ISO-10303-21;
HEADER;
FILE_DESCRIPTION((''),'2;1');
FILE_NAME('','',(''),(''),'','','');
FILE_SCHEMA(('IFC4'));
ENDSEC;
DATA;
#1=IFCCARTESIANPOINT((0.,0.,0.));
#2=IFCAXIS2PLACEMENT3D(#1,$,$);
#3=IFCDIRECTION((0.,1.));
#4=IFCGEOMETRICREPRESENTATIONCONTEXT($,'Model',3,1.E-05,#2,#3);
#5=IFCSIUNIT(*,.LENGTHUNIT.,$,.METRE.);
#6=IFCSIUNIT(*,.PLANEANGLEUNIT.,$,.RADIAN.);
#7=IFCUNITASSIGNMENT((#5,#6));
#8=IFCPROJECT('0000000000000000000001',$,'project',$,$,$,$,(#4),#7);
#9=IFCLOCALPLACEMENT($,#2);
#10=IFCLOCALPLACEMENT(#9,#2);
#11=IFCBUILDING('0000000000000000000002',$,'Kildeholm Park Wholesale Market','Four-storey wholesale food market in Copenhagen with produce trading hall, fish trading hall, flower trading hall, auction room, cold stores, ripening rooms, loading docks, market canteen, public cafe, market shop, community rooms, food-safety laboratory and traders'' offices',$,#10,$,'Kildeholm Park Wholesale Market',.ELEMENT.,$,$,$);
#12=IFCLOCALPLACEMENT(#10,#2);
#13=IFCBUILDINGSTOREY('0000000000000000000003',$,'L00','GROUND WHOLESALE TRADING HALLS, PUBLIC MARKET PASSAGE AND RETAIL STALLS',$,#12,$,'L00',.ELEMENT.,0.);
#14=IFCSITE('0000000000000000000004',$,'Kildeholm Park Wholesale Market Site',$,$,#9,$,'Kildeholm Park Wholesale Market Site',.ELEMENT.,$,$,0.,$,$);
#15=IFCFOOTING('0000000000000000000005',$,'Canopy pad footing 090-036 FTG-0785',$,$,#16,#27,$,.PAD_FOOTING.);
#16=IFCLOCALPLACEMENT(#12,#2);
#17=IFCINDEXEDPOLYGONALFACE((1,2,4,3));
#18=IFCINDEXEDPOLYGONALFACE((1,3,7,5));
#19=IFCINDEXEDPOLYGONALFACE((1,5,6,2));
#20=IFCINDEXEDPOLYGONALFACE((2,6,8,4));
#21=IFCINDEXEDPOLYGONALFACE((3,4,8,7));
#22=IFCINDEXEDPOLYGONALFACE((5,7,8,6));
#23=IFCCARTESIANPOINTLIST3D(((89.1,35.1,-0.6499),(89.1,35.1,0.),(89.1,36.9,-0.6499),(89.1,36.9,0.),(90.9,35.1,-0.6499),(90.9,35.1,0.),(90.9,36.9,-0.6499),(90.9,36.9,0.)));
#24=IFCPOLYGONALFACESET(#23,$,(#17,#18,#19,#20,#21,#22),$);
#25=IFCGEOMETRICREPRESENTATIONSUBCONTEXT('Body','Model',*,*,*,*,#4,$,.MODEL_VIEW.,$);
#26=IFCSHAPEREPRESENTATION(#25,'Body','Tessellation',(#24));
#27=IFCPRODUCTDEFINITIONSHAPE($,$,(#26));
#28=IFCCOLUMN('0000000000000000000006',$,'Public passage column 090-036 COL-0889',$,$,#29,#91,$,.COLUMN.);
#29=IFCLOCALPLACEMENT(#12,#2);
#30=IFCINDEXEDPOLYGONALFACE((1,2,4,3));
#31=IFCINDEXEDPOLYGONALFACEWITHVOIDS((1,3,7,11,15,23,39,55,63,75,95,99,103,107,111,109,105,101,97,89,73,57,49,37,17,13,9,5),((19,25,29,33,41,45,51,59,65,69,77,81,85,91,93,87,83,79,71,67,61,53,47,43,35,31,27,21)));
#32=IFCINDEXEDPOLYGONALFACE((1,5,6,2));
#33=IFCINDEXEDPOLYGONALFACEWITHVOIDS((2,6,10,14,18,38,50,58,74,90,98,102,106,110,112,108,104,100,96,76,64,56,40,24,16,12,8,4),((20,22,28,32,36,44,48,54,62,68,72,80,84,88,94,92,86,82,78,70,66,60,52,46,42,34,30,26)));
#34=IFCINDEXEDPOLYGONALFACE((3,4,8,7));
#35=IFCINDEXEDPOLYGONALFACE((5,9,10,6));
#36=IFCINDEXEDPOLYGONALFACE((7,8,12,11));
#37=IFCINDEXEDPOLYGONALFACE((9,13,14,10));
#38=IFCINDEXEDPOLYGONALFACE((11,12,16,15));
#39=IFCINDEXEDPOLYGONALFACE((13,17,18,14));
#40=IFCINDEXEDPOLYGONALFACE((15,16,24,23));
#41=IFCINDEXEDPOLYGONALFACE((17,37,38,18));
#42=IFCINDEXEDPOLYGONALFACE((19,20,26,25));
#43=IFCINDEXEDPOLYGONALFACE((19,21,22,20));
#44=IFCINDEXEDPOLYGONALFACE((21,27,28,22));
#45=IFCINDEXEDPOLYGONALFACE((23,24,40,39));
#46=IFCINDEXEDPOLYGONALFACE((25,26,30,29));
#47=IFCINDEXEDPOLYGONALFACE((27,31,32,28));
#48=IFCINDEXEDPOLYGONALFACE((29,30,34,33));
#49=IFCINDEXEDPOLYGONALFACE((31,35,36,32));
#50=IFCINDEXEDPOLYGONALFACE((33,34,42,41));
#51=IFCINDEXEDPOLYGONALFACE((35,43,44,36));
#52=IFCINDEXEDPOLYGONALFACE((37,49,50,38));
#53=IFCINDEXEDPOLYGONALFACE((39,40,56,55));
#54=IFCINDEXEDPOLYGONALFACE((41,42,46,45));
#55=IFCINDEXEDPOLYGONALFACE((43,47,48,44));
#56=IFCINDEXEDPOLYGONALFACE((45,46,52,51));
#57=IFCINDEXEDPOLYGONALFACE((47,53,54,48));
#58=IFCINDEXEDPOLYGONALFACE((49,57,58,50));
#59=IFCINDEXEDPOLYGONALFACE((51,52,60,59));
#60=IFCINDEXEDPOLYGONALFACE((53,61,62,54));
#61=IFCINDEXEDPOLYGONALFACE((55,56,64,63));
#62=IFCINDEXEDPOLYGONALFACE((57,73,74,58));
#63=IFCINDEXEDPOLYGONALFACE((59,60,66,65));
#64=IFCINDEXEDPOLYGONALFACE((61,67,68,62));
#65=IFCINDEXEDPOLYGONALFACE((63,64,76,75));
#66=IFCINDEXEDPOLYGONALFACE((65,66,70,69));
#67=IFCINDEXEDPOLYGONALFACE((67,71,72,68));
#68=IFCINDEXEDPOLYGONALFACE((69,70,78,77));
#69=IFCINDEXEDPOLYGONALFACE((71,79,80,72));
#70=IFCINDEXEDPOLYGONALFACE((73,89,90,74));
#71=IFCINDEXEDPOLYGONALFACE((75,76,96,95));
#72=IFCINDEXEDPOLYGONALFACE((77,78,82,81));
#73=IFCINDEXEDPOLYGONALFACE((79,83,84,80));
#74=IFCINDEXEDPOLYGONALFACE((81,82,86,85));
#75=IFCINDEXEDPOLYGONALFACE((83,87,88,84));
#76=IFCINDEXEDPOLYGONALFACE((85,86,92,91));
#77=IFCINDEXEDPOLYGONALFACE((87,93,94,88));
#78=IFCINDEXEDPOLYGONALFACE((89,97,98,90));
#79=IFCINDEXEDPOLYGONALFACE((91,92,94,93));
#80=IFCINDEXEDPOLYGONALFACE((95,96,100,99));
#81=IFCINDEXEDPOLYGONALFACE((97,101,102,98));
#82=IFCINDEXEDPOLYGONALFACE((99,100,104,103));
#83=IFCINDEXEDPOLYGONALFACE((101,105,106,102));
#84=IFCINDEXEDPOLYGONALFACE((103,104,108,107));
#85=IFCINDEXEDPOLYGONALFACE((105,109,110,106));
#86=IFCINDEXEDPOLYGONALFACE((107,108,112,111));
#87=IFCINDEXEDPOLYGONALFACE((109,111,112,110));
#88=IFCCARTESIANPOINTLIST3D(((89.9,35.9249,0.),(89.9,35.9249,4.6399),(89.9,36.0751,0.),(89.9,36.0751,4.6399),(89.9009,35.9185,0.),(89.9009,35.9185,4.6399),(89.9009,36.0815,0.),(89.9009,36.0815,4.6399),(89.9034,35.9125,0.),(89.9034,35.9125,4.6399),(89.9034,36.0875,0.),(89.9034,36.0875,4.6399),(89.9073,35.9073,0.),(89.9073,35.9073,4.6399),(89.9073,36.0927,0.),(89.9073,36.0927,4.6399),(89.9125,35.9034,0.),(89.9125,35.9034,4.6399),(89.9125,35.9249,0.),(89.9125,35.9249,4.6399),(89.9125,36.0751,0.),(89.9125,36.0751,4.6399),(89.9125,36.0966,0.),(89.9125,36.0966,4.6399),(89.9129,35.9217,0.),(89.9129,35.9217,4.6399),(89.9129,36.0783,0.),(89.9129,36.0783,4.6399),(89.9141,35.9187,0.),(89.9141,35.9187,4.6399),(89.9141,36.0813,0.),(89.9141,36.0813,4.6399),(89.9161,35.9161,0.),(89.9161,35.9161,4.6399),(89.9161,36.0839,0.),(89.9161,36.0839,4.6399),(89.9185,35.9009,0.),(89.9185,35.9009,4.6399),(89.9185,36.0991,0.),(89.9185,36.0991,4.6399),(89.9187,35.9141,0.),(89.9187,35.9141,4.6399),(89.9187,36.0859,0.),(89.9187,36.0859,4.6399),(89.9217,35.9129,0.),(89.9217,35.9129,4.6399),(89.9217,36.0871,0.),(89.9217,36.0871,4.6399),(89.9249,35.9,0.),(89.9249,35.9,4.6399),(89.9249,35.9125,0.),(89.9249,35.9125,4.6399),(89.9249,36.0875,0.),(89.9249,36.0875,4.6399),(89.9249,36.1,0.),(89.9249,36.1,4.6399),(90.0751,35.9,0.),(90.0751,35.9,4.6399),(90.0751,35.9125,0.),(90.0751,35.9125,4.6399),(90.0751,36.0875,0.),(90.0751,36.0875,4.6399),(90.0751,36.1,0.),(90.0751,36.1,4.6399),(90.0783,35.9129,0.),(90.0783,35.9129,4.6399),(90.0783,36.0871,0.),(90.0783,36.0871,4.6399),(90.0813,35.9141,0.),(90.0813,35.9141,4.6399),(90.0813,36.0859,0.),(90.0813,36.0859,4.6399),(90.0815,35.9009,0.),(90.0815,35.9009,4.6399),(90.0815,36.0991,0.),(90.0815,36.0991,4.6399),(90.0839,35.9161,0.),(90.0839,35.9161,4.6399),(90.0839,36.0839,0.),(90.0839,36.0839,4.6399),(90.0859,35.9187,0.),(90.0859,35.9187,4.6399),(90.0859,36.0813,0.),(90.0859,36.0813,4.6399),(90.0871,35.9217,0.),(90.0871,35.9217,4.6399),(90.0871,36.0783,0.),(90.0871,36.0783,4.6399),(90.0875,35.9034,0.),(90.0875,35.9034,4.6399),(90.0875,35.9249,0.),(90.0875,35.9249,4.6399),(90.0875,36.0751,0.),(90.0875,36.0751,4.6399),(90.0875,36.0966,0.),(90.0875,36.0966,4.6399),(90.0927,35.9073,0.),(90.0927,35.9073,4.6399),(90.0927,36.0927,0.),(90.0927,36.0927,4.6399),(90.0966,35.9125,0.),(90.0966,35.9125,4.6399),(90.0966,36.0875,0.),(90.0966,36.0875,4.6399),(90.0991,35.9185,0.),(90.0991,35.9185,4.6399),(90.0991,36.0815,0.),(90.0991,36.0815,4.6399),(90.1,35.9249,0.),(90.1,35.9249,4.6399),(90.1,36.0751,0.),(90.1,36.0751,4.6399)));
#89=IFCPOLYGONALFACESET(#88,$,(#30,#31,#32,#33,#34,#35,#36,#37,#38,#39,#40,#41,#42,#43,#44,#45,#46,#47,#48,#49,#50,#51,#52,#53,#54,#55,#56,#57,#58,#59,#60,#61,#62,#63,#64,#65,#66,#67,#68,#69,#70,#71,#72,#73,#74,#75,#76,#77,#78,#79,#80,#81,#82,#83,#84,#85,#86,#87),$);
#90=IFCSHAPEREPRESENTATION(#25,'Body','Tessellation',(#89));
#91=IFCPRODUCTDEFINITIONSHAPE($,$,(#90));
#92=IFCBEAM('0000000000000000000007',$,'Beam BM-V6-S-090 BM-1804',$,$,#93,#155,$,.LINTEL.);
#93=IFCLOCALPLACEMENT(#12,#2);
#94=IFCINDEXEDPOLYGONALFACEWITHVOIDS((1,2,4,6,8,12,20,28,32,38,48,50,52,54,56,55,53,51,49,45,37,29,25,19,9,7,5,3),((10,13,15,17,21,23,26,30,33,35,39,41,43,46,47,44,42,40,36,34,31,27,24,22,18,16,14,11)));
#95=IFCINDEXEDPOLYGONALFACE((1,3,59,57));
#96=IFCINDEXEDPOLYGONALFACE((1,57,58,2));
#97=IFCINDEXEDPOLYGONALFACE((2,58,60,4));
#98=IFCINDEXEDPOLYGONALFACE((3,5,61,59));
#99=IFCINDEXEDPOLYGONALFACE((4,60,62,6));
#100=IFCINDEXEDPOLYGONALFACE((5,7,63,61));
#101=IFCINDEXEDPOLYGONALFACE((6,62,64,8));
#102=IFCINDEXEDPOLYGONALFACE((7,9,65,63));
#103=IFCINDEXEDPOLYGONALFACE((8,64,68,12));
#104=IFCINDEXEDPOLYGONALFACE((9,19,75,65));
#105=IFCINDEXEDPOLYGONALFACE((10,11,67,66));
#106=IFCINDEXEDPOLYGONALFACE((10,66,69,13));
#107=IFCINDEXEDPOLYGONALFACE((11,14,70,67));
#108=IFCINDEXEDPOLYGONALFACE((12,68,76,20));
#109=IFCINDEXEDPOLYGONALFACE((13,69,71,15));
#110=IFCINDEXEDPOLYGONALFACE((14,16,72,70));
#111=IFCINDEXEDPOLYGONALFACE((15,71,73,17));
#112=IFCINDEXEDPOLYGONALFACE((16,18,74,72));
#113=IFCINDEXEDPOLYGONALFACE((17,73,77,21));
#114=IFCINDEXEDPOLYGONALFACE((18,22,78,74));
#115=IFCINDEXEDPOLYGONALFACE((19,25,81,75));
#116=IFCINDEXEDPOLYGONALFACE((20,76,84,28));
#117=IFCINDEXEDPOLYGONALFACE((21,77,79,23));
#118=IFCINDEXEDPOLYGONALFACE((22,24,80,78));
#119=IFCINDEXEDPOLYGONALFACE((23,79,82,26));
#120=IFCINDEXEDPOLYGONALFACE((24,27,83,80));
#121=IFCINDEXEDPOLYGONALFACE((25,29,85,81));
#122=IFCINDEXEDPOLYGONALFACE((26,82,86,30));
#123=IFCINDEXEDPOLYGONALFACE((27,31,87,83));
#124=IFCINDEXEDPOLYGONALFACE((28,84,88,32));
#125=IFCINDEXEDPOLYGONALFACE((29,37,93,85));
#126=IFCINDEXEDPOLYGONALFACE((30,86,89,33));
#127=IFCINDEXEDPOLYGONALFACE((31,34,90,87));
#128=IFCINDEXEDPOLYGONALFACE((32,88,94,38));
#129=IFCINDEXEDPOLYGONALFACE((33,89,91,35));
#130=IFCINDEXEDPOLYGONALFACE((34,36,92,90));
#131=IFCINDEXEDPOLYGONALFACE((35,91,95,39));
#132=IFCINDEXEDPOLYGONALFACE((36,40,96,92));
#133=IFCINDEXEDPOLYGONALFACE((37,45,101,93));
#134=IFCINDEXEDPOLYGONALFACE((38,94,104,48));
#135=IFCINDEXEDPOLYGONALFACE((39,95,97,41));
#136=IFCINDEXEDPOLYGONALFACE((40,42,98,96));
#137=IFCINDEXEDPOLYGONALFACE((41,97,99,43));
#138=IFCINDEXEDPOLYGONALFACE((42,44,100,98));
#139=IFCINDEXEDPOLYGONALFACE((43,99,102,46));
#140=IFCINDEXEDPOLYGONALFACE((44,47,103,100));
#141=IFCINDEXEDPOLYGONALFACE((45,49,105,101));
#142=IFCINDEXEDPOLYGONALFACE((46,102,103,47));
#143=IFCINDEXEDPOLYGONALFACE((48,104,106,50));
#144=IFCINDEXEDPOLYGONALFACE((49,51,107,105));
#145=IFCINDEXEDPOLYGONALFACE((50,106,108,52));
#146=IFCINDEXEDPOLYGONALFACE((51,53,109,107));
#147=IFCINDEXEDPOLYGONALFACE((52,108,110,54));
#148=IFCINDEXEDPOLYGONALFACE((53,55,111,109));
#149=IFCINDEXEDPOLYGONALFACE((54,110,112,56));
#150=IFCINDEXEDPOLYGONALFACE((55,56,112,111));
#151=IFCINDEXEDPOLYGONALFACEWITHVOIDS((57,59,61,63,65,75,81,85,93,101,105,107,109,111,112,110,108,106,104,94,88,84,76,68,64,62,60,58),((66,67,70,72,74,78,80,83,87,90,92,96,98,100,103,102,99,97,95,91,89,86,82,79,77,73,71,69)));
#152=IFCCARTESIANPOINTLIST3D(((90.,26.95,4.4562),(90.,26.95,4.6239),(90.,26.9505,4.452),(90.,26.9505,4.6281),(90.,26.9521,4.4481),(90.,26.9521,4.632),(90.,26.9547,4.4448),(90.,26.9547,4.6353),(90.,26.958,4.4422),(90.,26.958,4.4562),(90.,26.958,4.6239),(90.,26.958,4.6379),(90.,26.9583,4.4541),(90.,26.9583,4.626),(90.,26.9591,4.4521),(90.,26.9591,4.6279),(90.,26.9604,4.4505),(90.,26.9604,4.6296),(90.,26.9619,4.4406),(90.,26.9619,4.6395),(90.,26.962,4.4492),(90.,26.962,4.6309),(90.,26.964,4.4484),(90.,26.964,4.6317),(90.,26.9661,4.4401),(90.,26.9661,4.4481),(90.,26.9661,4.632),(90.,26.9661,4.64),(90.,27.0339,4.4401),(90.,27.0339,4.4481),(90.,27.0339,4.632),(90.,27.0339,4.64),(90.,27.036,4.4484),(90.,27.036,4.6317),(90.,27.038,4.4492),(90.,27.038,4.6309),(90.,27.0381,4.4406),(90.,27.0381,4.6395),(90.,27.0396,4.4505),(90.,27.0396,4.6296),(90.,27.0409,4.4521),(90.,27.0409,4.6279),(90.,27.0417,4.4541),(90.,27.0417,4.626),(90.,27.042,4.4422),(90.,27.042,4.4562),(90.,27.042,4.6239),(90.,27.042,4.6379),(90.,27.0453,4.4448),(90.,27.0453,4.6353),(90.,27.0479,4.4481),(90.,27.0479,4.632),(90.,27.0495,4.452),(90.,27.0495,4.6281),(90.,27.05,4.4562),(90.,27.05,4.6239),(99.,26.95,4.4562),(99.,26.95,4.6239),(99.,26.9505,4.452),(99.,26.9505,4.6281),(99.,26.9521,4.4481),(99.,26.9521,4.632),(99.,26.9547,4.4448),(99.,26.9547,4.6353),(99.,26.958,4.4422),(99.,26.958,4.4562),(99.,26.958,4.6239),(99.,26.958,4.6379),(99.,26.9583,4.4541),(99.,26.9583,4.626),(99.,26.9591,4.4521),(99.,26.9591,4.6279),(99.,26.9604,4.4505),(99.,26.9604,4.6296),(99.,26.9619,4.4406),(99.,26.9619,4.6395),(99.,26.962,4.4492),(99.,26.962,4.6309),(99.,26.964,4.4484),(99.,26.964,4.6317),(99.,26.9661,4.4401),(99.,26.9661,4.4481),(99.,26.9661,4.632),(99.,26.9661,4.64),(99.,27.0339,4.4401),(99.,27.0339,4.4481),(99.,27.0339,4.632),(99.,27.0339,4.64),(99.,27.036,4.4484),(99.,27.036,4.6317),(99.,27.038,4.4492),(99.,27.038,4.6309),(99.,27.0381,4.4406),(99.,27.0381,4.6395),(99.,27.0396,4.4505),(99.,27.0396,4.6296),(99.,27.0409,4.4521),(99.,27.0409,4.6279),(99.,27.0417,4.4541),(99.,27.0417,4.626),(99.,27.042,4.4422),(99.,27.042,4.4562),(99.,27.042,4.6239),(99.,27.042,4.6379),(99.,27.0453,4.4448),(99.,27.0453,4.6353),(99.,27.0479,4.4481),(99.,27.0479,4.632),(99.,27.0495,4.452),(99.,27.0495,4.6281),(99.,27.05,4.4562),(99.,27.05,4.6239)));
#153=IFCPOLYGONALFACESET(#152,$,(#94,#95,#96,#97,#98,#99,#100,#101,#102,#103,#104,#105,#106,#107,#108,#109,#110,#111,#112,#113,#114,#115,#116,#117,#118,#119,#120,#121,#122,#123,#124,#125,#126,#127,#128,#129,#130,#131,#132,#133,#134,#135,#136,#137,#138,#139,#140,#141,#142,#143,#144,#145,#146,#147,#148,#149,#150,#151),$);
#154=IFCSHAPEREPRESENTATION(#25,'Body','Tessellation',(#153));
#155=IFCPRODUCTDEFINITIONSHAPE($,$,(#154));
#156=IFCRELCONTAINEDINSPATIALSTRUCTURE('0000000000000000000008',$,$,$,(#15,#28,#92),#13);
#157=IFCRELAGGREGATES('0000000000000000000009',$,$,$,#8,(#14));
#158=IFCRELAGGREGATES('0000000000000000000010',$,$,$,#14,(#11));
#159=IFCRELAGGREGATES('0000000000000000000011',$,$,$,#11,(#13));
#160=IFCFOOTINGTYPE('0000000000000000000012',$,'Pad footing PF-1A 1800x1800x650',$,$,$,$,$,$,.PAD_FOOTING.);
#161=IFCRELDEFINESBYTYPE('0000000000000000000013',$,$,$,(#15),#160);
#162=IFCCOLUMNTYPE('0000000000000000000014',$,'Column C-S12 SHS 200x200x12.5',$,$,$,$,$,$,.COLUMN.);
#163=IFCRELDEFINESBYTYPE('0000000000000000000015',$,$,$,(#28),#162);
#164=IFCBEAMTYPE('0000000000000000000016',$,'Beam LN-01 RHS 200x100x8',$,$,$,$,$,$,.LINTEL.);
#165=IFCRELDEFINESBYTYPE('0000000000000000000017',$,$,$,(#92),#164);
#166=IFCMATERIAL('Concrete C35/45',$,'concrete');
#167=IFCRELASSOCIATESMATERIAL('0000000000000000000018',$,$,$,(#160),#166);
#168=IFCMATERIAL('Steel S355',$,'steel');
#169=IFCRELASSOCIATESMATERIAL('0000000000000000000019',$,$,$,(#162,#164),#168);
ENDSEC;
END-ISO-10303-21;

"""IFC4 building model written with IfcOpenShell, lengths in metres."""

from ifc_helpers import new_model, si_unit, direction, frame, origin, origin_2d, place, context, subcontext, project, spatial, rectangle, hollow_rectangle, extrude, material, material_profile, profile_set, type_object, element, save


model = new_model("IFC4")

# Units and contexts
model_context = context("Model", 3, precision=1e-05, world=origin(), true_north=direction((0.0, 1.0)))
body_context = subcontext(model_context, "Body", "Model", "MODEL_VIEW")
ifc_project = project(units=[si_unit("LENGTHUNIT", "METRE"), si_unit("PLANEANGLEUNIT", "RADIAN")], contexts=[model_context])

# Site, building, storey
site_placement = place(None, origin())
site = spatial("IfcSite", under=ifc_project, at=site_placement, Name="Kildeholm Park Wholesale Market Site", LongName="Kildeholm Park Wholesale Market Site", CompositionType="ELEMENT", RefElevation=0.0)
building_placement = place(site_placement, origin())
building = spatial("IfcBuilding", under=site, at=building_placement, Name="Kildeholm Park Wholesale Market", Description="Four-storey wholesale food market in Copenhagen with produce trading hall, fish trading hall, flower trading hall, auction room, cold stores, ripening rooms, loading docks, market canteen, public cafe, market shop, community rooms, food-safety laboratory and traders' offices", LongName="Kildeholm Park Wholesale Market", CompositionType="ELEMENT")
storey_placement = place(building_placement, origin())
storey = spatial("IfcBuildingStorey", under=building, at=storey_placement, Name="L00", Description="GROUND WHOLESALE TRADING HALLS, PUBLIC MARKET PASSAGE AND RETAIL STALLS", LongName="L00", CompositionType="ELEMENT", Elevation=0.0)

# Footing
ifc_material_1 = material(Name="Concrete C35/45", Category="concrete")
footing_type = type_object("IfcFootingType", Name="Pad footing PF-1A 1800x1800x650", PredefinedType="PAD_FOOTING", material=ifc_material_1)
footing_placement = place(storey_placement, frame((90.0, 36.0, -0.6499), z_axis=(0.0, 0.0, 1.0), x_axis=(1.0, 0.0, 0.0)))
element("IfcFooting", 1, at=footing_placement, inside=storey, type_object=footing_type, Name="Canopy pad footing 090-036 FTG-0785", PredefinedType="PAD_FOOTING", context=body_context, shape_type="SweptSolid", body=[
    extrude(rectangle(XDim=1.8, YDim=1.8, at=origin_2d()), origin(), (0.0, 0.0, 1.0), 0.6499),
])

# Column
ifc_material_2 = material(Name="Steel S355", Category="steel")
ifc_material_profile_1 = material_profile(ifc_material_2, hollow_rectangle(XDim=0.2, YDim=0.2, WallThickness=0.0125, InnerFilletRadius=0.0125, OuterFilletRadius=0.0249, at=origin_2d()), Name="SHS 200x200x12.5")
ifc_profile_set_1 = profile_set([ifc_material_profile_1], Name="Steel S355")
column_type = type_object("IfcColumnType", Name="Column C-S12 SHS 200x200x12.5", PredefinedType="COLUMN", material=ifc_profile_set_1)
column_placement = place(storey_placement, frame((90.0, 36.0, 0.0), z_axis=(0.0, 0.0, 1.0), x_axis=(1.0, 0.0, 0.0)))
element("IfcColumn", 2, at=column_placement, inside=storey, type_object=column_type, Name="Public passage column 090-036 COL-0889", PredefinedType="COLUMN", context=body_context, shape_type="SweptSolid", body=[
    extrude(hollow_rectangle(XDim=0.2, YDim=0.2, WallThickness=0.0125, InnerFilletRadius=0.0125, OuterFilletRadius=0.0249, at=origin_2d()), origin(), (0.0, 0.0, 1.0), 4.6399),
])

# Beam
ifc_material_profile_2 = material_profile(ifc_material_2, hollow_rectangle(XDim=0.1001, YDim=0.2, WallThickness=0.0081, InnerFilletRadius=0.0081, OuterFilletRadius=0.0161, at=origin_2d()), Name="RHS 200x100x8")
ifc_profile_set_2 = profile_set([ifc_material_profile_2], Name="Steel S355")
beam_type = type_object("IfcBeamType", Name="Beam LN-01 RHS 200x100x8", PredefinedType="LINTEL", material=ifc_profile_set_2)
for number, where, z_axis, x_axis, name in (
    (3, (90.0, 27.0, 4.54), (1.0, 0.0, 0.0), (0.0, 1.0, 0.0), "Beam BM-V6-S-090 BM-1804"),
):
    element("IfcBeam", number, at=place(storey_placement, frame(where, z_axis=z_axis, x_axis=x_axis)), inside=storey, type_object=beam_type, Name=name, PredefinedType="LINTEL", context=body_context, shape_type="SweptSolid", body=[
        extrude(hollow_rectangle(XDim=0.1001, YDim=0.2, WallThickness=0.0081, InnerFilletRadius=0.0081, OuterFilletRadius=0.0161, at=origin_2d()), origin(), (0.0, 0.0, 1.0), 9.0),
    ])

save(model, "model.ifc")
